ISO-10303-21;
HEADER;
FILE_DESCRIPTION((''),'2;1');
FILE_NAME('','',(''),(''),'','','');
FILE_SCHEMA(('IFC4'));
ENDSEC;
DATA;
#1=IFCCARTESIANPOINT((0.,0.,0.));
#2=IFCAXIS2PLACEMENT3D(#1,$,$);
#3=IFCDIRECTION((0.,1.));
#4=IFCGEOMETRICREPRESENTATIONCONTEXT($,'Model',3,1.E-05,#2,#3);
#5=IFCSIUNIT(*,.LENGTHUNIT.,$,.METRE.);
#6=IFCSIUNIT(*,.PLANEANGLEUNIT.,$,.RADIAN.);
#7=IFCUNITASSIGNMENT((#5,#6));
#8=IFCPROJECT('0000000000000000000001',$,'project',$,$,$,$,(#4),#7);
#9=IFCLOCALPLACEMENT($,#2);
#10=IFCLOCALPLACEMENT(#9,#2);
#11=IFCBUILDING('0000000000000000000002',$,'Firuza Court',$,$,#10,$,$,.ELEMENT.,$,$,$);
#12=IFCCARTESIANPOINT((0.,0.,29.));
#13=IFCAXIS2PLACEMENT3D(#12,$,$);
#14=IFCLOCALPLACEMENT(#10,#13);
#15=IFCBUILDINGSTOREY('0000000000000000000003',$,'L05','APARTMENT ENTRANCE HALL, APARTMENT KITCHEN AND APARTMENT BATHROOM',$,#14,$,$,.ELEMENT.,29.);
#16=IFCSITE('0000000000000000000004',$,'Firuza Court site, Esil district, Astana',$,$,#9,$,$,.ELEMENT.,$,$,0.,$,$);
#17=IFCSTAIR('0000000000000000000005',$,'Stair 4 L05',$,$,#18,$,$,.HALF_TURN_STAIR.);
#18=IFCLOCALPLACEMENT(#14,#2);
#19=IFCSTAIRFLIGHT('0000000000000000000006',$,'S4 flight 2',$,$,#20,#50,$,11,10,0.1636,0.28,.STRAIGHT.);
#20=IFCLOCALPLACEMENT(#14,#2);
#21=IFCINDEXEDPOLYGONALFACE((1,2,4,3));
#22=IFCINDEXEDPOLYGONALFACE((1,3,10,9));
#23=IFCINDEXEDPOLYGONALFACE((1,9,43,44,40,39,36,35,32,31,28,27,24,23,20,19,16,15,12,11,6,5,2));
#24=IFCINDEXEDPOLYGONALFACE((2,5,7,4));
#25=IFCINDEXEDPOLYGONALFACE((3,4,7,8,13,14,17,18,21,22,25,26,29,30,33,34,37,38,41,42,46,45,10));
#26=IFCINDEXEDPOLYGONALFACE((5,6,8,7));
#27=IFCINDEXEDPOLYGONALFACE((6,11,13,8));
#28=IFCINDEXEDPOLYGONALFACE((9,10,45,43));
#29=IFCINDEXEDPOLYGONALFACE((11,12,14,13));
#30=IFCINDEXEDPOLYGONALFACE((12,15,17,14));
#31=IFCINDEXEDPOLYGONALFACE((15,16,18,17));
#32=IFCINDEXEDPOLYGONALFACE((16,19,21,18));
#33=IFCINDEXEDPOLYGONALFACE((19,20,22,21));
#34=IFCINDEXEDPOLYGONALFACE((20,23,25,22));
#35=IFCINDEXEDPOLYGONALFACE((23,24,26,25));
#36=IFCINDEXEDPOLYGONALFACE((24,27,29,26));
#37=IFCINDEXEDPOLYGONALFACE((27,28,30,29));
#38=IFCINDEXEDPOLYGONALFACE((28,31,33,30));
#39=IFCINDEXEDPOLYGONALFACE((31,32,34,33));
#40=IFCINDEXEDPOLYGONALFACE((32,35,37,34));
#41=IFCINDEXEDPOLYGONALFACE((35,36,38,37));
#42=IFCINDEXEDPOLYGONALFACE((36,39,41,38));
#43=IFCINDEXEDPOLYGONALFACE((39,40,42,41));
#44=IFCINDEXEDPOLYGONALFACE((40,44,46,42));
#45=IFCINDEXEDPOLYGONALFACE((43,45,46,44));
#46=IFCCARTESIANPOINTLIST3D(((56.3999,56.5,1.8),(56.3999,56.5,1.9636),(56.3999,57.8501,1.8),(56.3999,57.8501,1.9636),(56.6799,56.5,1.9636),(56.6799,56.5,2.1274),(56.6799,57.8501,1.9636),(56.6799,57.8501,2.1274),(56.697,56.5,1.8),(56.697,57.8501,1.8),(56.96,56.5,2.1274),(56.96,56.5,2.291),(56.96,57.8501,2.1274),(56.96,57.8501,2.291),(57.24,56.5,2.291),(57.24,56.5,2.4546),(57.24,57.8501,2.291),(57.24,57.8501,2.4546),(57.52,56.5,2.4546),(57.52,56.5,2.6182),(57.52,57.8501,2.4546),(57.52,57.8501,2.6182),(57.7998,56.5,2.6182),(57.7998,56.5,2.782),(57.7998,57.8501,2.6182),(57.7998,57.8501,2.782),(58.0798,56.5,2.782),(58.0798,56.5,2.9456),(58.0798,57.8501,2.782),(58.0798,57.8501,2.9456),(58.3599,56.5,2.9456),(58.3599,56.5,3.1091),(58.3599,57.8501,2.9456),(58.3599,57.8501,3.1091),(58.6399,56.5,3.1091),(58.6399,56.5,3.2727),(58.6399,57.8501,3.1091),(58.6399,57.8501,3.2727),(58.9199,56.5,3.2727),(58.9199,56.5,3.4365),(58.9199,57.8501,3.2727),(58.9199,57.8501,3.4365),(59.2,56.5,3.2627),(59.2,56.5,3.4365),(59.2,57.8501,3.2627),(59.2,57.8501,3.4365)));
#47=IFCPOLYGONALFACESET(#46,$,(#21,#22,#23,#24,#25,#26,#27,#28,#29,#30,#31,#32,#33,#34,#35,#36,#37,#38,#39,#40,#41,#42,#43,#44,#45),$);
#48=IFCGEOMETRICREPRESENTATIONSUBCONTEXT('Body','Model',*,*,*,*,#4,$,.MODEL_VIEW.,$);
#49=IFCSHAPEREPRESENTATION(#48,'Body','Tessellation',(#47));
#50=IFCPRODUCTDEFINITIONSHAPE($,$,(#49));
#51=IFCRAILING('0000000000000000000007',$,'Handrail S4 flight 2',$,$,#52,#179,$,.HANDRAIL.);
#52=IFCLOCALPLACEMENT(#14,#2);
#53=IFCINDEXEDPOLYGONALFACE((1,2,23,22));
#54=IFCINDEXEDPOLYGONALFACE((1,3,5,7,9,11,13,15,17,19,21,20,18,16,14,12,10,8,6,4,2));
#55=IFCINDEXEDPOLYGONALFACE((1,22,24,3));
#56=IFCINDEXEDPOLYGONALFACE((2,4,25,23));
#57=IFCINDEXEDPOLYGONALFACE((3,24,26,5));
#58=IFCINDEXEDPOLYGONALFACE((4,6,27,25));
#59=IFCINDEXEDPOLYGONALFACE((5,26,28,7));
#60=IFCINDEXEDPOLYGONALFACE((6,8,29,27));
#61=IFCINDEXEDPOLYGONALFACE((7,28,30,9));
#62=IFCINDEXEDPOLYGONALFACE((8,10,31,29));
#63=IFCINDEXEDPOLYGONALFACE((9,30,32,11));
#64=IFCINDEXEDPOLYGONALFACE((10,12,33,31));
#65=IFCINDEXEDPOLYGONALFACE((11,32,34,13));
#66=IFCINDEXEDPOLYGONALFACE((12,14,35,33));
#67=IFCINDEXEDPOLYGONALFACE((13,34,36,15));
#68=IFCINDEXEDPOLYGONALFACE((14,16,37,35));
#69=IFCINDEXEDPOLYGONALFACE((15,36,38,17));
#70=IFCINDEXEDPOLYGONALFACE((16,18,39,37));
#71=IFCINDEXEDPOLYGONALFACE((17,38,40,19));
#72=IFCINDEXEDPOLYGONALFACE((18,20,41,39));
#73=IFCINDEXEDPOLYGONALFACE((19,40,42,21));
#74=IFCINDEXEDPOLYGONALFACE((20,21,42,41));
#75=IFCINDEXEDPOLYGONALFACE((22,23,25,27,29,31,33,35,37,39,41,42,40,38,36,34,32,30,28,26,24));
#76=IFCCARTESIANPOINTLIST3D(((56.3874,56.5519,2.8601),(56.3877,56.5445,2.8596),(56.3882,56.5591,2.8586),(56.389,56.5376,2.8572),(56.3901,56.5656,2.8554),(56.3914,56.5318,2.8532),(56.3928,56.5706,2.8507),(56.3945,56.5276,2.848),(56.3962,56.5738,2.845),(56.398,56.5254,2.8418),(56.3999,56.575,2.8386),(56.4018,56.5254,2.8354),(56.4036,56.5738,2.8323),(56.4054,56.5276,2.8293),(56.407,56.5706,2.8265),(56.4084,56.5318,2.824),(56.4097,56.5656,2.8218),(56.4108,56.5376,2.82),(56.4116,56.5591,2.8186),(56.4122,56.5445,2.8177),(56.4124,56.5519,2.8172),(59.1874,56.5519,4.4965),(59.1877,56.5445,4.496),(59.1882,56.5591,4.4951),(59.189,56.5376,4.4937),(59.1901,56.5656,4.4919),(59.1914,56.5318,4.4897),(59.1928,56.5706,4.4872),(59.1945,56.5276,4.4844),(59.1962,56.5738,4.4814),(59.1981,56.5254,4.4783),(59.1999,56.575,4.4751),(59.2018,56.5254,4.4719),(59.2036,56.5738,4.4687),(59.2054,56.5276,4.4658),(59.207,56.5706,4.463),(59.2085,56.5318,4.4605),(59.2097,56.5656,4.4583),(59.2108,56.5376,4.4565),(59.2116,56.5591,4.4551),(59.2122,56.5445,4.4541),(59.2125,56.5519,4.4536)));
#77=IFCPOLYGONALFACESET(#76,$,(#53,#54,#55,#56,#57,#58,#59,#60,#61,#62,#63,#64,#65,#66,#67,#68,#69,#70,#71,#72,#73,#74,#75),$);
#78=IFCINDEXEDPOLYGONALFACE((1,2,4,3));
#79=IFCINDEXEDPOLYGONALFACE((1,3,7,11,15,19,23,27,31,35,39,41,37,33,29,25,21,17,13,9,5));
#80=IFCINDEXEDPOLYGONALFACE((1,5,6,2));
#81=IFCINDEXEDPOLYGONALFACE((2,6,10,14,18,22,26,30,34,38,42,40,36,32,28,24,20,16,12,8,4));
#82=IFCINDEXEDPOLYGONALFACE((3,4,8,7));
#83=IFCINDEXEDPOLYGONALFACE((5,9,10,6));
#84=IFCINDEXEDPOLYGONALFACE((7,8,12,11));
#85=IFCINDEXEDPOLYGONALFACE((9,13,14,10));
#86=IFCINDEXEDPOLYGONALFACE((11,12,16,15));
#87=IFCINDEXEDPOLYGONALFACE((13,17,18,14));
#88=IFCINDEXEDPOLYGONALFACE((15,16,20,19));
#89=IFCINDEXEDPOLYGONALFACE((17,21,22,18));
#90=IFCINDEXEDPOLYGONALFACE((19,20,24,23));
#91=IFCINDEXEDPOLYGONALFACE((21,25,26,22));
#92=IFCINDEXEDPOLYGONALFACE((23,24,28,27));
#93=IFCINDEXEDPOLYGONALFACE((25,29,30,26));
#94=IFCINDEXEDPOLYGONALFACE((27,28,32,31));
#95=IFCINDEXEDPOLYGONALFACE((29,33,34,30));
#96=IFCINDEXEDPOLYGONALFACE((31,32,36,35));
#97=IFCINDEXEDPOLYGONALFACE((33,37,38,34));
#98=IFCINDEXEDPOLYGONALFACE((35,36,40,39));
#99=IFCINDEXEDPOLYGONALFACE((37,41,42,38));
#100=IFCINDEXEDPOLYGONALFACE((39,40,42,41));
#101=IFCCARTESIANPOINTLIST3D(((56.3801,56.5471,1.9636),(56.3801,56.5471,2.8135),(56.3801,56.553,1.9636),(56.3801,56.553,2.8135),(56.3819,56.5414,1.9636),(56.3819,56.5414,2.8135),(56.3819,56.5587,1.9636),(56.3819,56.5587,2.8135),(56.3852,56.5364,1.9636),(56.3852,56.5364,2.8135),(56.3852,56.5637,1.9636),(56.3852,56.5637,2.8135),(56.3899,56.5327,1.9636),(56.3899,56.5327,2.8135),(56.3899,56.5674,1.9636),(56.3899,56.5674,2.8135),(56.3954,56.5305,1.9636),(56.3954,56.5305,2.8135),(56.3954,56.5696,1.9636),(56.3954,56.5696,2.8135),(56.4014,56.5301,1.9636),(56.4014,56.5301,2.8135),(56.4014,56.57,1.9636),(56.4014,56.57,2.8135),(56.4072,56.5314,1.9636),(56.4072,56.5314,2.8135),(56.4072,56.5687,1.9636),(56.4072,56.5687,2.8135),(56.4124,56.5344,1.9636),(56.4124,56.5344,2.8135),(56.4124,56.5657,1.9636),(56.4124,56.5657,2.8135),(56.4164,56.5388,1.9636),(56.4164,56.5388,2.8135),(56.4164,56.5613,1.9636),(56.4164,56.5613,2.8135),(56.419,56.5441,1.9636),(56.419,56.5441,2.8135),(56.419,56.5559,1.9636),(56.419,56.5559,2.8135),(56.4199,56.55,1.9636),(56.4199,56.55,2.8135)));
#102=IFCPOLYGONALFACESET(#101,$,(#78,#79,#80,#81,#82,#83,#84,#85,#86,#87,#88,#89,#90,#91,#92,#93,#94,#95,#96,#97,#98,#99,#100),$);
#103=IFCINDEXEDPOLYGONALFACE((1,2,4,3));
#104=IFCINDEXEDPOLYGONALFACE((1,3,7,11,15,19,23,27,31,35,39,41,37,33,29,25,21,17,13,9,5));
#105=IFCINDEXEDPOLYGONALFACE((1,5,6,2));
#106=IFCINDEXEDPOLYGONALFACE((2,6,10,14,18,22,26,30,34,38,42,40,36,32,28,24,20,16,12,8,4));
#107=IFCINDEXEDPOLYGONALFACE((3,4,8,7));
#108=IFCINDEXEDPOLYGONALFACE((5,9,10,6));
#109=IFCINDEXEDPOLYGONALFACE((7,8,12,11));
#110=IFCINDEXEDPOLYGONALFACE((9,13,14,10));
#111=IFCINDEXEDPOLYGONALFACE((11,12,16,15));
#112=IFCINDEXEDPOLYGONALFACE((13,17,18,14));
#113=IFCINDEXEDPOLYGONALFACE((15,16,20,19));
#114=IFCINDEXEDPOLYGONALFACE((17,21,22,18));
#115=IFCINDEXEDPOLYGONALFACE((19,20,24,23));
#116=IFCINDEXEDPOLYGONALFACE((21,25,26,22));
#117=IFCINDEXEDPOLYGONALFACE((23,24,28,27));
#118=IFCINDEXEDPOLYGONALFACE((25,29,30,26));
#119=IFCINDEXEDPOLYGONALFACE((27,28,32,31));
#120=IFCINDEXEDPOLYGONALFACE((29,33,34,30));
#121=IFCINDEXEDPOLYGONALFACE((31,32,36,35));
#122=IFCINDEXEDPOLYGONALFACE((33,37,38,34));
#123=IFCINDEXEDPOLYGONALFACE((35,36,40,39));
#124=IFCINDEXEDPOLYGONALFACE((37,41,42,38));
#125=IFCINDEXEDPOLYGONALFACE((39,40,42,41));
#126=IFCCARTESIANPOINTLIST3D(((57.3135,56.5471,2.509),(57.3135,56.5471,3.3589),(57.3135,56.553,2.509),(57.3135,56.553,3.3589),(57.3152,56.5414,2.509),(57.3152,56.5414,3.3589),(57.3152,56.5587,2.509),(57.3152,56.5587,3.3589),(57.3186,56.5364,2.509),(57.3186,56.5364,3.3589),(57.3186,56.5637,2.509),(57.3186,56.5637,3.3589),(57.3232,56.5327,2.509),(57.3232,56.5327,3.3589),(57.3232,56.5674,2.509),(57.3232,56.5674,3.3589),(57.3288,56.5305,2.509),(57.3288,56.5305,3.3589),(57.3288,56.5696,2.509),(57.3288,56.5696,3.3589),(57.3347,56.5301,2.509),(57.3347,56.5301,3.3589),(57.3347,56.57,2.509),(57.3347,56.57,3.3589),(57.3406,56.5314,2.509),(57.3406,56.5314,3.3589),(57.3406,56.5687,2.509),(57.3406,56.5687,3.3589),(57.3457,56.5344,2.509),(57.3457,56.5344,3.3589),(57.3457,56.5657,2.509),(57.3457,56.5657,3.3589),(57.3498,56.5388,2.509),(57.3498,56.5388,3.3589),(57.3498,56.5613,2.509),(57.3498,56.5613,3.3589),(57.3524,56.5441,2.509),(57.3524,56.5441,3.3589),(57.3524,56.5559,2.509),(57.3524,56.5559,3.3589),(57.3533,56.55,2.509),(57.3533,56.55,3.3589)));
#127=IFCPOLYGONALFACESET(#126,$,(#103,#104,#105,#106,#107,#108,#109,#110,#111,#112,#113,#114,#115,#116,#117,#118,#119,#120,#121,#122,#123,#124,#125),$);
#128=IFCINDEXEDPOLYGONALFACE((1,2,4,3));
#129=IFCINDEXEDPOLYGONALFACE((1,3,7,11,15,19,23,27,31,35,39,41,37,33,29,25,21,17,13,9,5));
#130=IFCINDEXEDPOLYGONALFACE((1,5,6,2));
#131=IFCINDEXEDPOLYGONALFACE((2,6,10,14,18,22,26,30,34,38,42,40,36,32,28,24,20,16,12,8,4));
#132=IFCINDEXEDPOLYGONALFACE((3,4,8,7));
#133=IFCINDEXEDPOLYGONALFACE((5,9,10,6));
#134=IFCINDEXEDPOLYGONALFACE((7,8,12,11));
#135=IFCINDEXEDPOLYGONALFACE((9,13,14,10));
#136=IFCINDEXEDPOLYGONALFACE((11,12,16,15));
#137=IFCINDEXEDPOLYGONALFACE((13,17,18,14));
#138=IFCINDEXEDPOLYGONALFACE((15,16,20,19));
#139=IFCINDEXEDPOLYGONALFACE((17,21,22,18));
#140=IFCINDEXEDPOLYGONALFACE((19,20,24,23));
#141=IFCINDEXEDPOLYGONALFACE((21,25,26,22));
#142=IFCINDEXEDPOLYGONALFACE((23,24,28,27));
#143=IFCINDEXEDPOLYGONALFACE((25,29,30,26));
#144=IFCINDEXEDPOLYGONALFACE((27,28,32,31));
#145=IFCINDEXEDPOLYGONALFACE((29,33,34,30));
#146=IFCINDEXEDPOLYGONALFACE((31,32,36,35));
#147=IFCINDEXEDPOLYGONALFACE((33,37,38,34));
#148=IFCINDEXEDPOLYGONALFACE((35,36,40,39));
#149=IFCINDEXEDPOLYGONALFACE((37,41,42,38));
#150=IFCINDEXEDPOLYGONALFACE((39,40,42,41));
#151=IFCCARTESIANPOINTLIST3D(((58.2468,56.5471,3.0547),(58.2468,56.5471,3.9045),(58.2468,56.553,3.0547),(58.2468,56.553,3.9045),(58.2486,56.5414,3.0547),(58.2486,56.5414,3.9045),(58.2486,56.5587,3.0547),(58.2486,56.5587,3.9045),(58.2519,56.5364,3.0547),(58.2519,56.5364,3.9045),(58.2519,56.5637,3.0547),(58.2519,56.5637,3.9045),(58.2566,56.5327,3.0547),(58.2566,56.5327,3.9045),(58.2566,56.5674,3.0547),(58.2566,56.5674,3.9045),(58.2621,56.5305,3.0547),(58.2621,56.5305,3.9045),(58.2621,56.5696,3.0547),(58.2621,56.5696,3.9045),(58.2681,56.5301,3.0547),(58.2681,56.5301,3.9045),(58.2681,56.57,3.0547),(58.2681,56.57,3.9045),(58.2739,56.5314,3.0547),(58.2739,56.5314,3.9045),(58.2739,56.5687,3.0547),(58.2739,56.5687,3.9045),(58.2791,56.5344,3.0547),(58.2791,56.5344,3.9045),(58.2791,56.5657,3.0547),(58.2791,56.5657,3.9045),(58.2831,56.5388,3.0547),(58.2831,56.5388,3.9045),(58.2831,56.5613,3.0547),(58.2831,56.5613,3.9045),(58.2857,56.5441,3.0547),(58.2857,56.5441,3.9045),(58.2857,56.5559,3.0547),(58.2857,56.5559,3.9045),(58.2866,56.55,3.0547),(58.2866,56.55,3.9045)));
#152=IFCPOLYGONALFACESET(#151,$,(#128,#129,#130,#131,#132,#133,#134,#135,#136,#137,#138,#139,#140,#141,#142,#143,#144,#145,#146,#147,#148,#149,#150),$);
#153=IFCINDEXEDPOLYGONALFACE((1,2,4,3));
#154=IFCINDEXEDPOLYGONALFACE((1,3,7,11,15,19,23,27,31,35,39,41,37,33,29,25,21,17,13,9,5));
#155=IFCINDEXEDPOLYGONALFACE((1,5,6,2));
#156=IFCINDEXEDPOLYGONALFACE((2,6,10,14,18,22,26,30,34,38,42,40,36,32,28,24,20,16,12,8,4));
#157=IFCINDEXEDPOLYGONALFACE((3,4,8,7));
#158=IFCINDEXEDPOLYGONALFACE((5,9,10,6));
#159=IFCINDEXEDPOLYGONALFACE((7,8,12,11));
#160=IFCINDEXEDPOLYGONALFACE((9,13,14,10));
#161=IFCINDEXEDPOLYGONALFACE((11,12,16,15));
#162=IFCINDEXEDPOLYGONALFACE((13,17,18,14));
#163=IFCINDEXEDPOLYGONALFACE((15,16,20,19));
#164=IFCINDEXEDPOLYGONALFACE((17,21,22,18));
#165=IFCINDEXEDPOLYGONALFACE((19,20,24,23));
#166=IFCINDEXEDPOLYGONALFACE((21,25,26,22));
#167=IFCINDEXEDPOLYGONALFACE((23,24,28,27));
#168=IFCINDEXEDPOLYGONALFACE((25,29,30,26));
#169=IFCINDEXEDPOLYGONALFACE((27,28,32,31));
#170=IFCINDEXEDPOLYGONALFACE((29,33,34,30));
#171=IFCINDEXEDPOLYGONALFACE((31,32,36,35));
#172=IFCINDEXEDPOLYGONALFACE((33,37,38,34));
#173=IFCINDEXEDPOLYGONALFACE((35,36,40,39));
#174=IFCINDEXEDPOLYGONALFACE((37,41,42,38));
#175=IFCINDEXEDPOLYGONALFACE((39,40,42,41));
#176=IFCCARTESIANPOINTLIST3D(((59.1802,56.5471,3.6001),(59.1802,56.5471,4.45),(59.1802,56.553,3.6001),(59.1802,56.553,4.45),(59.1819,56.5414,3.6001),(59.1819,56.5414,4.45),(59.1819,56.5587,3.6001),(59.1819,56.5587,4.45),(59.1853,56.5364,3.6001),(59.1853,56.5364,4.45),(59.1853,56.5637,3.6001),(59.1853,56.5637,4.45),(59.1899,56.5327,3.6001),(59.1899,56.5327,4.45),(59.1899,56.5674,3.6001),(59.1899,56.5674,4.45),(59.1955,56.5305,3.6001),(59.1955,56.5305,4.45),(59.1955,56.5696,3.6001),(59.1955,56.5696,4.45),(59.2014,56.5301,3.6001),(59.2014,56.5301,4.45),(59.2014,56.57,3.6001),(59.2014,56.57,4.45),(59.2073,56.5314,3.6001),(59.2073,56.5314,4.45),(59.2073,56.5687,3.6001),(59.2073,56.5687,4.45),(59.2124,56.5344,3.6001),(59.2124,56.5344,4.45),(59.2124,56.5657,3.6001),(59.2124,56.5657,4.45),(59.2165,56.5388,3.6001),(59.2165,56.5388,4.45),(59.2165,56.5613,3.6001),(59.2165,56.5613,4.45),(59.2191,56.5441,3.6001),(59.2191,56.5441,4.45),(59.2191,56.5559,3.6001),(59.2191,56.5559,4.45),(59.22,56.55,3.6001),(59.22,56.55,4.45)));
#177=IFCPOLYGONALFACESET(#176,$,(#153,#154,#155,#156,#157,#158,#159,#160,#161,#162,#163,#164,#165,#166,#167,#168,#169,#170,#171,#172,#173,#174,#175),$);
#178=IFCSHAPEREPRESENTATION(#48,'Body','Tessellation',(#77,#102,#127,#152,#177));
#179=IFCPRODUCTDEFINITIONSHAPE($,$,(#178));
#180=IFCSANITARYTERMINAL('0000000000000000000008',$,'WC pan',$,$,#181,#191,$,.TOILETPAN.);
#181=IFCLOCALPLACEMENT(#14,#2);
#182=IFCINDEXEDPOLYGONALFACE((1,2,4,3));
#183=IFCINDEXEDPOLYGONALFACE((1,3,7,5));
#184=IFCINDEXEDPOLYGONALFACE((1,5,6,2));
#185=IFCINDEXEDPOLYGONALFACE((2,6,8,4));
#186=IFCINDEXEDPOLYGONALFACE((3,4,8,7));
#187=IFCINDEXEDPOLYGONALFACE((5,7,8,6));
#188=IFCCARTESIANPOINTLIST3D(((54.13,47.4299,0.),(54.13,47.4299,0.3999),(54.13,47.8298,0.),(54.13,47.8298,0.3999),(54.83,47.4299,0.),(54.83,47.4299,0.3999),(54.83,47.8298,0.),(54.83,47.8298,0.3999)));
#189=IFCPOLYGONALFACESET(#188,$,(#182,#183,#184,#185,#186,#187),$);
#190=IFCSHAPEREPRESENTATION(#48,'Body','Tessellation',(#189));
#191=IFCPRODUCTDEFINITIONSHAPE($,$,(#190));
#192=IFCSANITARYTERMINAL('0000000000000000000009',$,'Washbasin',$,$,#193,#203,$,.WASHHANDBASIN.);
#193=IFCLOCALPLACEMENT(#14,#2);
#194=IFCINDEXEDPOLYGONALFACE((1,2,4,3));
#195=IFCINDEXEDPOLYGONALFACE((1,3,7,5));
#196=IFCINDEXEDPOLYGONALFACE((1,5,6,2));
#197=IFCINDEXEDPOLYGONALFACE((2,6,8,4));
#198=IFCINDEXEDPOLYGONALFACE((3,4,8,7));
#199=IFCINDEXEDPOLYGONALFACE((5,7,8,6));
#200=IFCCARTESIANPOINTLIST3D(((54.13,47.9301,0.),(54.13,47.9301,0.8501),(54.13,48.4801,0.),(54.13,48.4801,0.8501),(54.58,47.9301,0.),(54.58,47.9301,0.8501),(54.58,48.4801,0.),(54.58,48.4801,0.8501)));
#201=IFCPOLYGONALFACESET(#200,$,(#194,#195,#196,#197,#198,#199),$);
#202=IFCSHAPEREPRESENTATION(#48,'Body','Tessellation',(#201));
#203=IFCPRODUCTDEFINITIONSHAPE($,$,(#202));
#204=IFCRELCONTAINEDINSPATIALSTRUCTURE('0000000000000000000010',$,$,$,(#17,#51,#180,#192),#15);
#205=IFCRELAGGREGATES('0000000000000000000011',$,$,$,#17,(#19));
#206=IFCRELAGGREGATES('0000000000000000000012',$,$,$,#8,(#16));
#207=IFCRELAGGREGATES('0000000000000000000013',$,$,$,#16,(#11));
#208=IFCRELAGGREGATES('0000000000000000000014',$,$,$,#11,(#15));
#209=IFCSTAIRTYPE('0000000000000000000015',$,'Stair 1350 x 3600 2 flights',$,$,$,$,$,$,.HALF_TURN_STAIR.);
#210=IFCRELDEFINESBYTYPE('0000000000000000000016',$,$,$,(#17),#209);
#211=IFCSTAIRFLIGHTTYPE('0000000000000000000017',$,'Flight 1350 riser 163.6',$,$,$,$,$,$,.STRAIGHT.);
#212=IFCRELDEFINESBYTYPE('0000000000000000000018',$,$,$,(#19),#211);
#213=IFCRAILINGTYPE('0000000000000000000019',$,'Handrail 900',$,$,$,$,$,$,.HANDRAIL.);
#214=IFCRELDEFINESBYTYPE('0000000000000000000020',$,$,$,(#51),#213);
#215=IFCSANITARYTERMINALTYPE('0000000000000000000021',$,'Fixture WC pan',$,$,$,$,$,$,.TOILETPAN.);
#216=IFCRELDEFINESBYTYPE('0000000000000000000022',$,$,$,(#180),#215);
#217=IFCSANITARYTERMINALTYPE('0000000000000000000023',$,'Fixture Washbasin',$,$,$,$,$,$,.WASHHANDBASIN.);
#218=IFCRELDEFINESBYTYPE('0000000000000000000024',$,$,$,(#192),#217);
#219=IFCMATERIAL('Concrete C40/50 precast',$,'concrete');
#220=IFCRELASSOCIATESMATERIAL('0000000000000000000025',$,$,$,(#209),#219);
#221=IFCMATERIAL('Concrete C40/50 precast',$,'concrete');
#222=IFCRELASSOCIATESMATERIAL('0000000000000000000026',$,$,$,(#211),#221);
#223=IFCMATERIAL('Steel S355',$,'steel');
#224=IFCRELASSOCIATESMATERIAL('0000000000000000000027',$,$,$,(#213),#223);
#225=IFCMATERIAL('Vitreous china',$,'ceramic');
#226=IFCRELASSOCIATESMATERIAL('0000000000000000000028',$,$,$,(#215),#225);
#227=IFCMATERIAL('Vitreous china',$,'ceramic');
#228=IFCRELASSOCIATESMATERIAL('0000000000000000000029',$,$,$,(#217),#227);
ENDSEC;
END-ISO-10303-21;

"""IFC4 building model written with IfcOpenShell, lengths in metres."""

from ifc_helpers import new_model, si_unit, direction, frame, origin, origin_2d, place, context, subcontext, project, spatial, polyline, rectangle, circle, outline, extrude, material, type_object, element, aggregate, save


model = new_model("IFC4")

# Units and contexts
model_context = context("Model", 3, precision=1e-05, world=origin(), true_north=direction((0.0, 1.0)))
body_context = subcontext(model_context, "Body", "Model", "MODEL_VIEW")
ifc_project = project(units=[si_unit("LENGTHUNIT", "METRE"), si_unit("PLANEANGLEUNIT", "RADIAN")], contexts=[model_context])

# Site, building, storey
site_placement = place(None, origin())
site = spatial("IfcSite", under=ifc_project, at=site_placement, Name="Firuza Court site, Esil district, Astana", CompositionType="ELEMENT", RefElevation=0.0)
building_placement = place(site_placement, origin())
building = spatial("IfcBuilding", under=site, at=building_placement, Name="Firuza Court", CompositionType="ELEMENT")
storey_placement = place(building_placement, frame((0.0, 0.0, 29.0)))
storey = spatial("IfcBuildingStorey", under=building, at=storey_placement, Name="L05", Description="APARTMENT ENTRANCE HALL, APARTMENT KITCHEN AND APARTMENT BATHROOM", CompositionType="ELEMENT", Elevation=29.0)

# Stair, stair flight
ifc_material_1 = material(Name="Concrete C40/50 precast", Category="concrete")
stair_type = type_object("IfcStairType", Name="Stair 1350 x 3600 2 flights", PredefinedType="HALF_TURN_STAIR", material=ifc_material_1)
stair_placement = place(storey_placement, origin())
stair = element("IfcStair", 1, at=stair_placement, inside=storey, type_object=stair_type, Name="Stair 4 L05", PredefinedType="HALF_TURN_STAIR")
ifc_material_2 = material(Name="Concrete C40/50 precast", Category="concrete")
stair_flight_type = type_object("IfcStairFlightType", Name="Flight 1350 riser 163.6", PredefinedType="STRAIGHT", material=ifc_material_2)
stair_flight_placement = place(storey_placement, frame((56.3999, 57.175, 1.8), z_axis=(0.0, 0.0, 1.0), x_axis=(1.0, 0.0, 0.0)))
stair_flight = element("IfcStairFlight", 2, at=stair_flight_placement, type_object=stair_flight_type, Name="S4 flight 2", NumberOfRisers=11, NumberOfTreads=10, PredefinedType="STRAIGHT", RiserHeight=0.1636, TreadLength=0.28, context=body_context, shape_type="SweptSolid", body=[
    extrude(outline(polyline([(0.0, 0.0), (0.0, 0.1636), (0.28, 0.1636), (0.28, 0.3274), (0.5601, 0.3274), (0.5601, 0.491), (0.8401, 0.491), (0.8401, 0.6545), (1.1201, 0.6545), (1.1201, 0.8181), (1.3999, 0.8181), (1.3999, 0.9819), (1.6799, 0.9819), (1.6799, 1.1455), (1.96, 1.1455), (1.96, 1.3091), (2.24, 1.3091), (2.24, 1.4727), (2.52, 1.4727), (2.52, 1.6365), (2.8, 1.6365), (2.8, 1.8), (2.8, 1.4626), (0.2971, 0.0), (0.0, 0.0)])), frame((0.0, 0.675, 0.0), z_axis=(0.0, -1.0, 0.0), x_axis=(1.0, 0.0, 0.0)), (0.0, 0.0, 1.0), 1.3501),
])
aggregate(stair, [stair_flight])

# Railing
ifc_material_3 = material(Name="Steel S355", Category="steel")
railing_type = type_object("IfcRailingType", Name="Handrail 900", PredefinedType="HANDRAIL", material=ifc_material_3)
railing_placement = place(storey_placement, frame((56.3999, 56.55, 1.9636)))
element("IfcRailing", 3, at=railing_placement, inside=storey, type_object=railing_type, Name="Handrail S4 flight 2", PredefinedType="HANDRAIL", context=body_context, shape_type="SweptSolid", body=[
    extrude(circle(Radius=0.0249, at=origin_2d()), frame((0.0, 0.0, 0.875), z_axis=(0.863361, 0.0, 0.504587), x_axis=(0.0, 1.0, 0.0)), (0.0, 0.0, 1.0), 3.2432),
    extrude(circle(Radius=0.02, at=origin_2d()), origin(), (0.0, 0.0, 1.0), 0.8499),
    extrude(circle(Radius=0.02, at=origin_2d()), frame((0.9333, 0.0, 0.5454)), (0.0, 0.0, 1.0), 0.8499),
    extrude(circle(Radius=0.02, at=origin_2d()), frame((1.8667, 0.0, 1.0911)), (0.0, 0.0, 1.0), 0.8499),
    extrude(circle(Radius=0.02, at=origin_2d()), frame((2.8, 0.0, 1.6365)), (0.0, 0.0, 1.0), 0.8499),
])

# Sanitary terminals
ifc_material_4 = material(Name="Vitreous china", Category="ceramic")
sanitary_terminal_type_1 = type_object("IfcSanitaryTerminalType", Name="Fixture WC pan", PredefinedType="TOILETPAN", material=ifc_material_4)
sanitary_terminal_1_placement = place(storey_placement, frame((54.48, 47.6299, 0.0), z_axis=(0.0, 0.0, 1.0), x_axis=(1.0, 0.0, 0.0)))
element("IfcSanitaryTerminal", 4, at=sanitary_terminal_1_placement, inside=storey, type_object=sanitary_terminal_type_1, Name="WC pan", PredefinedType="TOILETPAN", context=body_context, shape_type="SweptSolid", body=[
    extrude(rectangle(XDim=0.7, YDim=0.3999, at=origin_2d()), origin(), (0.0, 0.0, 1.0), 0.3999),
])
ifc_material_5 = material(Name="Vitreous china", Category="ceramic")
sanitary_terminal_type_2 = type_object("IfcSanitaryTerminalType", Name="Fixture Washbasin", PredefinedType="WASHHANDBASIN", material=ifc_material_5)
sanitary_terminal_2_placement = place(storey_placement, frame((54.355, 48.2051, 0.0), z_axis=(0.0, 0.0, 1.0), x_axis=(1.0, 0.0, 0.0)))
element("IfcSanitaryTerminal", 5, at=sanitary_terminal_2_placement, inside=storey, type_object=sanitary_terminal_type_2, Name="Washbasin", PredefinedType="WASHHANDBASIN", context=body_context, shape_type="SweptSolid", body=[
    extrude(rectangle(XDim=0.45, YDim=0.55, at=origin_2d()), origin(), (0.0, 0.0, 1.0), 0.8501),
])

save(model, "model.ifc")
